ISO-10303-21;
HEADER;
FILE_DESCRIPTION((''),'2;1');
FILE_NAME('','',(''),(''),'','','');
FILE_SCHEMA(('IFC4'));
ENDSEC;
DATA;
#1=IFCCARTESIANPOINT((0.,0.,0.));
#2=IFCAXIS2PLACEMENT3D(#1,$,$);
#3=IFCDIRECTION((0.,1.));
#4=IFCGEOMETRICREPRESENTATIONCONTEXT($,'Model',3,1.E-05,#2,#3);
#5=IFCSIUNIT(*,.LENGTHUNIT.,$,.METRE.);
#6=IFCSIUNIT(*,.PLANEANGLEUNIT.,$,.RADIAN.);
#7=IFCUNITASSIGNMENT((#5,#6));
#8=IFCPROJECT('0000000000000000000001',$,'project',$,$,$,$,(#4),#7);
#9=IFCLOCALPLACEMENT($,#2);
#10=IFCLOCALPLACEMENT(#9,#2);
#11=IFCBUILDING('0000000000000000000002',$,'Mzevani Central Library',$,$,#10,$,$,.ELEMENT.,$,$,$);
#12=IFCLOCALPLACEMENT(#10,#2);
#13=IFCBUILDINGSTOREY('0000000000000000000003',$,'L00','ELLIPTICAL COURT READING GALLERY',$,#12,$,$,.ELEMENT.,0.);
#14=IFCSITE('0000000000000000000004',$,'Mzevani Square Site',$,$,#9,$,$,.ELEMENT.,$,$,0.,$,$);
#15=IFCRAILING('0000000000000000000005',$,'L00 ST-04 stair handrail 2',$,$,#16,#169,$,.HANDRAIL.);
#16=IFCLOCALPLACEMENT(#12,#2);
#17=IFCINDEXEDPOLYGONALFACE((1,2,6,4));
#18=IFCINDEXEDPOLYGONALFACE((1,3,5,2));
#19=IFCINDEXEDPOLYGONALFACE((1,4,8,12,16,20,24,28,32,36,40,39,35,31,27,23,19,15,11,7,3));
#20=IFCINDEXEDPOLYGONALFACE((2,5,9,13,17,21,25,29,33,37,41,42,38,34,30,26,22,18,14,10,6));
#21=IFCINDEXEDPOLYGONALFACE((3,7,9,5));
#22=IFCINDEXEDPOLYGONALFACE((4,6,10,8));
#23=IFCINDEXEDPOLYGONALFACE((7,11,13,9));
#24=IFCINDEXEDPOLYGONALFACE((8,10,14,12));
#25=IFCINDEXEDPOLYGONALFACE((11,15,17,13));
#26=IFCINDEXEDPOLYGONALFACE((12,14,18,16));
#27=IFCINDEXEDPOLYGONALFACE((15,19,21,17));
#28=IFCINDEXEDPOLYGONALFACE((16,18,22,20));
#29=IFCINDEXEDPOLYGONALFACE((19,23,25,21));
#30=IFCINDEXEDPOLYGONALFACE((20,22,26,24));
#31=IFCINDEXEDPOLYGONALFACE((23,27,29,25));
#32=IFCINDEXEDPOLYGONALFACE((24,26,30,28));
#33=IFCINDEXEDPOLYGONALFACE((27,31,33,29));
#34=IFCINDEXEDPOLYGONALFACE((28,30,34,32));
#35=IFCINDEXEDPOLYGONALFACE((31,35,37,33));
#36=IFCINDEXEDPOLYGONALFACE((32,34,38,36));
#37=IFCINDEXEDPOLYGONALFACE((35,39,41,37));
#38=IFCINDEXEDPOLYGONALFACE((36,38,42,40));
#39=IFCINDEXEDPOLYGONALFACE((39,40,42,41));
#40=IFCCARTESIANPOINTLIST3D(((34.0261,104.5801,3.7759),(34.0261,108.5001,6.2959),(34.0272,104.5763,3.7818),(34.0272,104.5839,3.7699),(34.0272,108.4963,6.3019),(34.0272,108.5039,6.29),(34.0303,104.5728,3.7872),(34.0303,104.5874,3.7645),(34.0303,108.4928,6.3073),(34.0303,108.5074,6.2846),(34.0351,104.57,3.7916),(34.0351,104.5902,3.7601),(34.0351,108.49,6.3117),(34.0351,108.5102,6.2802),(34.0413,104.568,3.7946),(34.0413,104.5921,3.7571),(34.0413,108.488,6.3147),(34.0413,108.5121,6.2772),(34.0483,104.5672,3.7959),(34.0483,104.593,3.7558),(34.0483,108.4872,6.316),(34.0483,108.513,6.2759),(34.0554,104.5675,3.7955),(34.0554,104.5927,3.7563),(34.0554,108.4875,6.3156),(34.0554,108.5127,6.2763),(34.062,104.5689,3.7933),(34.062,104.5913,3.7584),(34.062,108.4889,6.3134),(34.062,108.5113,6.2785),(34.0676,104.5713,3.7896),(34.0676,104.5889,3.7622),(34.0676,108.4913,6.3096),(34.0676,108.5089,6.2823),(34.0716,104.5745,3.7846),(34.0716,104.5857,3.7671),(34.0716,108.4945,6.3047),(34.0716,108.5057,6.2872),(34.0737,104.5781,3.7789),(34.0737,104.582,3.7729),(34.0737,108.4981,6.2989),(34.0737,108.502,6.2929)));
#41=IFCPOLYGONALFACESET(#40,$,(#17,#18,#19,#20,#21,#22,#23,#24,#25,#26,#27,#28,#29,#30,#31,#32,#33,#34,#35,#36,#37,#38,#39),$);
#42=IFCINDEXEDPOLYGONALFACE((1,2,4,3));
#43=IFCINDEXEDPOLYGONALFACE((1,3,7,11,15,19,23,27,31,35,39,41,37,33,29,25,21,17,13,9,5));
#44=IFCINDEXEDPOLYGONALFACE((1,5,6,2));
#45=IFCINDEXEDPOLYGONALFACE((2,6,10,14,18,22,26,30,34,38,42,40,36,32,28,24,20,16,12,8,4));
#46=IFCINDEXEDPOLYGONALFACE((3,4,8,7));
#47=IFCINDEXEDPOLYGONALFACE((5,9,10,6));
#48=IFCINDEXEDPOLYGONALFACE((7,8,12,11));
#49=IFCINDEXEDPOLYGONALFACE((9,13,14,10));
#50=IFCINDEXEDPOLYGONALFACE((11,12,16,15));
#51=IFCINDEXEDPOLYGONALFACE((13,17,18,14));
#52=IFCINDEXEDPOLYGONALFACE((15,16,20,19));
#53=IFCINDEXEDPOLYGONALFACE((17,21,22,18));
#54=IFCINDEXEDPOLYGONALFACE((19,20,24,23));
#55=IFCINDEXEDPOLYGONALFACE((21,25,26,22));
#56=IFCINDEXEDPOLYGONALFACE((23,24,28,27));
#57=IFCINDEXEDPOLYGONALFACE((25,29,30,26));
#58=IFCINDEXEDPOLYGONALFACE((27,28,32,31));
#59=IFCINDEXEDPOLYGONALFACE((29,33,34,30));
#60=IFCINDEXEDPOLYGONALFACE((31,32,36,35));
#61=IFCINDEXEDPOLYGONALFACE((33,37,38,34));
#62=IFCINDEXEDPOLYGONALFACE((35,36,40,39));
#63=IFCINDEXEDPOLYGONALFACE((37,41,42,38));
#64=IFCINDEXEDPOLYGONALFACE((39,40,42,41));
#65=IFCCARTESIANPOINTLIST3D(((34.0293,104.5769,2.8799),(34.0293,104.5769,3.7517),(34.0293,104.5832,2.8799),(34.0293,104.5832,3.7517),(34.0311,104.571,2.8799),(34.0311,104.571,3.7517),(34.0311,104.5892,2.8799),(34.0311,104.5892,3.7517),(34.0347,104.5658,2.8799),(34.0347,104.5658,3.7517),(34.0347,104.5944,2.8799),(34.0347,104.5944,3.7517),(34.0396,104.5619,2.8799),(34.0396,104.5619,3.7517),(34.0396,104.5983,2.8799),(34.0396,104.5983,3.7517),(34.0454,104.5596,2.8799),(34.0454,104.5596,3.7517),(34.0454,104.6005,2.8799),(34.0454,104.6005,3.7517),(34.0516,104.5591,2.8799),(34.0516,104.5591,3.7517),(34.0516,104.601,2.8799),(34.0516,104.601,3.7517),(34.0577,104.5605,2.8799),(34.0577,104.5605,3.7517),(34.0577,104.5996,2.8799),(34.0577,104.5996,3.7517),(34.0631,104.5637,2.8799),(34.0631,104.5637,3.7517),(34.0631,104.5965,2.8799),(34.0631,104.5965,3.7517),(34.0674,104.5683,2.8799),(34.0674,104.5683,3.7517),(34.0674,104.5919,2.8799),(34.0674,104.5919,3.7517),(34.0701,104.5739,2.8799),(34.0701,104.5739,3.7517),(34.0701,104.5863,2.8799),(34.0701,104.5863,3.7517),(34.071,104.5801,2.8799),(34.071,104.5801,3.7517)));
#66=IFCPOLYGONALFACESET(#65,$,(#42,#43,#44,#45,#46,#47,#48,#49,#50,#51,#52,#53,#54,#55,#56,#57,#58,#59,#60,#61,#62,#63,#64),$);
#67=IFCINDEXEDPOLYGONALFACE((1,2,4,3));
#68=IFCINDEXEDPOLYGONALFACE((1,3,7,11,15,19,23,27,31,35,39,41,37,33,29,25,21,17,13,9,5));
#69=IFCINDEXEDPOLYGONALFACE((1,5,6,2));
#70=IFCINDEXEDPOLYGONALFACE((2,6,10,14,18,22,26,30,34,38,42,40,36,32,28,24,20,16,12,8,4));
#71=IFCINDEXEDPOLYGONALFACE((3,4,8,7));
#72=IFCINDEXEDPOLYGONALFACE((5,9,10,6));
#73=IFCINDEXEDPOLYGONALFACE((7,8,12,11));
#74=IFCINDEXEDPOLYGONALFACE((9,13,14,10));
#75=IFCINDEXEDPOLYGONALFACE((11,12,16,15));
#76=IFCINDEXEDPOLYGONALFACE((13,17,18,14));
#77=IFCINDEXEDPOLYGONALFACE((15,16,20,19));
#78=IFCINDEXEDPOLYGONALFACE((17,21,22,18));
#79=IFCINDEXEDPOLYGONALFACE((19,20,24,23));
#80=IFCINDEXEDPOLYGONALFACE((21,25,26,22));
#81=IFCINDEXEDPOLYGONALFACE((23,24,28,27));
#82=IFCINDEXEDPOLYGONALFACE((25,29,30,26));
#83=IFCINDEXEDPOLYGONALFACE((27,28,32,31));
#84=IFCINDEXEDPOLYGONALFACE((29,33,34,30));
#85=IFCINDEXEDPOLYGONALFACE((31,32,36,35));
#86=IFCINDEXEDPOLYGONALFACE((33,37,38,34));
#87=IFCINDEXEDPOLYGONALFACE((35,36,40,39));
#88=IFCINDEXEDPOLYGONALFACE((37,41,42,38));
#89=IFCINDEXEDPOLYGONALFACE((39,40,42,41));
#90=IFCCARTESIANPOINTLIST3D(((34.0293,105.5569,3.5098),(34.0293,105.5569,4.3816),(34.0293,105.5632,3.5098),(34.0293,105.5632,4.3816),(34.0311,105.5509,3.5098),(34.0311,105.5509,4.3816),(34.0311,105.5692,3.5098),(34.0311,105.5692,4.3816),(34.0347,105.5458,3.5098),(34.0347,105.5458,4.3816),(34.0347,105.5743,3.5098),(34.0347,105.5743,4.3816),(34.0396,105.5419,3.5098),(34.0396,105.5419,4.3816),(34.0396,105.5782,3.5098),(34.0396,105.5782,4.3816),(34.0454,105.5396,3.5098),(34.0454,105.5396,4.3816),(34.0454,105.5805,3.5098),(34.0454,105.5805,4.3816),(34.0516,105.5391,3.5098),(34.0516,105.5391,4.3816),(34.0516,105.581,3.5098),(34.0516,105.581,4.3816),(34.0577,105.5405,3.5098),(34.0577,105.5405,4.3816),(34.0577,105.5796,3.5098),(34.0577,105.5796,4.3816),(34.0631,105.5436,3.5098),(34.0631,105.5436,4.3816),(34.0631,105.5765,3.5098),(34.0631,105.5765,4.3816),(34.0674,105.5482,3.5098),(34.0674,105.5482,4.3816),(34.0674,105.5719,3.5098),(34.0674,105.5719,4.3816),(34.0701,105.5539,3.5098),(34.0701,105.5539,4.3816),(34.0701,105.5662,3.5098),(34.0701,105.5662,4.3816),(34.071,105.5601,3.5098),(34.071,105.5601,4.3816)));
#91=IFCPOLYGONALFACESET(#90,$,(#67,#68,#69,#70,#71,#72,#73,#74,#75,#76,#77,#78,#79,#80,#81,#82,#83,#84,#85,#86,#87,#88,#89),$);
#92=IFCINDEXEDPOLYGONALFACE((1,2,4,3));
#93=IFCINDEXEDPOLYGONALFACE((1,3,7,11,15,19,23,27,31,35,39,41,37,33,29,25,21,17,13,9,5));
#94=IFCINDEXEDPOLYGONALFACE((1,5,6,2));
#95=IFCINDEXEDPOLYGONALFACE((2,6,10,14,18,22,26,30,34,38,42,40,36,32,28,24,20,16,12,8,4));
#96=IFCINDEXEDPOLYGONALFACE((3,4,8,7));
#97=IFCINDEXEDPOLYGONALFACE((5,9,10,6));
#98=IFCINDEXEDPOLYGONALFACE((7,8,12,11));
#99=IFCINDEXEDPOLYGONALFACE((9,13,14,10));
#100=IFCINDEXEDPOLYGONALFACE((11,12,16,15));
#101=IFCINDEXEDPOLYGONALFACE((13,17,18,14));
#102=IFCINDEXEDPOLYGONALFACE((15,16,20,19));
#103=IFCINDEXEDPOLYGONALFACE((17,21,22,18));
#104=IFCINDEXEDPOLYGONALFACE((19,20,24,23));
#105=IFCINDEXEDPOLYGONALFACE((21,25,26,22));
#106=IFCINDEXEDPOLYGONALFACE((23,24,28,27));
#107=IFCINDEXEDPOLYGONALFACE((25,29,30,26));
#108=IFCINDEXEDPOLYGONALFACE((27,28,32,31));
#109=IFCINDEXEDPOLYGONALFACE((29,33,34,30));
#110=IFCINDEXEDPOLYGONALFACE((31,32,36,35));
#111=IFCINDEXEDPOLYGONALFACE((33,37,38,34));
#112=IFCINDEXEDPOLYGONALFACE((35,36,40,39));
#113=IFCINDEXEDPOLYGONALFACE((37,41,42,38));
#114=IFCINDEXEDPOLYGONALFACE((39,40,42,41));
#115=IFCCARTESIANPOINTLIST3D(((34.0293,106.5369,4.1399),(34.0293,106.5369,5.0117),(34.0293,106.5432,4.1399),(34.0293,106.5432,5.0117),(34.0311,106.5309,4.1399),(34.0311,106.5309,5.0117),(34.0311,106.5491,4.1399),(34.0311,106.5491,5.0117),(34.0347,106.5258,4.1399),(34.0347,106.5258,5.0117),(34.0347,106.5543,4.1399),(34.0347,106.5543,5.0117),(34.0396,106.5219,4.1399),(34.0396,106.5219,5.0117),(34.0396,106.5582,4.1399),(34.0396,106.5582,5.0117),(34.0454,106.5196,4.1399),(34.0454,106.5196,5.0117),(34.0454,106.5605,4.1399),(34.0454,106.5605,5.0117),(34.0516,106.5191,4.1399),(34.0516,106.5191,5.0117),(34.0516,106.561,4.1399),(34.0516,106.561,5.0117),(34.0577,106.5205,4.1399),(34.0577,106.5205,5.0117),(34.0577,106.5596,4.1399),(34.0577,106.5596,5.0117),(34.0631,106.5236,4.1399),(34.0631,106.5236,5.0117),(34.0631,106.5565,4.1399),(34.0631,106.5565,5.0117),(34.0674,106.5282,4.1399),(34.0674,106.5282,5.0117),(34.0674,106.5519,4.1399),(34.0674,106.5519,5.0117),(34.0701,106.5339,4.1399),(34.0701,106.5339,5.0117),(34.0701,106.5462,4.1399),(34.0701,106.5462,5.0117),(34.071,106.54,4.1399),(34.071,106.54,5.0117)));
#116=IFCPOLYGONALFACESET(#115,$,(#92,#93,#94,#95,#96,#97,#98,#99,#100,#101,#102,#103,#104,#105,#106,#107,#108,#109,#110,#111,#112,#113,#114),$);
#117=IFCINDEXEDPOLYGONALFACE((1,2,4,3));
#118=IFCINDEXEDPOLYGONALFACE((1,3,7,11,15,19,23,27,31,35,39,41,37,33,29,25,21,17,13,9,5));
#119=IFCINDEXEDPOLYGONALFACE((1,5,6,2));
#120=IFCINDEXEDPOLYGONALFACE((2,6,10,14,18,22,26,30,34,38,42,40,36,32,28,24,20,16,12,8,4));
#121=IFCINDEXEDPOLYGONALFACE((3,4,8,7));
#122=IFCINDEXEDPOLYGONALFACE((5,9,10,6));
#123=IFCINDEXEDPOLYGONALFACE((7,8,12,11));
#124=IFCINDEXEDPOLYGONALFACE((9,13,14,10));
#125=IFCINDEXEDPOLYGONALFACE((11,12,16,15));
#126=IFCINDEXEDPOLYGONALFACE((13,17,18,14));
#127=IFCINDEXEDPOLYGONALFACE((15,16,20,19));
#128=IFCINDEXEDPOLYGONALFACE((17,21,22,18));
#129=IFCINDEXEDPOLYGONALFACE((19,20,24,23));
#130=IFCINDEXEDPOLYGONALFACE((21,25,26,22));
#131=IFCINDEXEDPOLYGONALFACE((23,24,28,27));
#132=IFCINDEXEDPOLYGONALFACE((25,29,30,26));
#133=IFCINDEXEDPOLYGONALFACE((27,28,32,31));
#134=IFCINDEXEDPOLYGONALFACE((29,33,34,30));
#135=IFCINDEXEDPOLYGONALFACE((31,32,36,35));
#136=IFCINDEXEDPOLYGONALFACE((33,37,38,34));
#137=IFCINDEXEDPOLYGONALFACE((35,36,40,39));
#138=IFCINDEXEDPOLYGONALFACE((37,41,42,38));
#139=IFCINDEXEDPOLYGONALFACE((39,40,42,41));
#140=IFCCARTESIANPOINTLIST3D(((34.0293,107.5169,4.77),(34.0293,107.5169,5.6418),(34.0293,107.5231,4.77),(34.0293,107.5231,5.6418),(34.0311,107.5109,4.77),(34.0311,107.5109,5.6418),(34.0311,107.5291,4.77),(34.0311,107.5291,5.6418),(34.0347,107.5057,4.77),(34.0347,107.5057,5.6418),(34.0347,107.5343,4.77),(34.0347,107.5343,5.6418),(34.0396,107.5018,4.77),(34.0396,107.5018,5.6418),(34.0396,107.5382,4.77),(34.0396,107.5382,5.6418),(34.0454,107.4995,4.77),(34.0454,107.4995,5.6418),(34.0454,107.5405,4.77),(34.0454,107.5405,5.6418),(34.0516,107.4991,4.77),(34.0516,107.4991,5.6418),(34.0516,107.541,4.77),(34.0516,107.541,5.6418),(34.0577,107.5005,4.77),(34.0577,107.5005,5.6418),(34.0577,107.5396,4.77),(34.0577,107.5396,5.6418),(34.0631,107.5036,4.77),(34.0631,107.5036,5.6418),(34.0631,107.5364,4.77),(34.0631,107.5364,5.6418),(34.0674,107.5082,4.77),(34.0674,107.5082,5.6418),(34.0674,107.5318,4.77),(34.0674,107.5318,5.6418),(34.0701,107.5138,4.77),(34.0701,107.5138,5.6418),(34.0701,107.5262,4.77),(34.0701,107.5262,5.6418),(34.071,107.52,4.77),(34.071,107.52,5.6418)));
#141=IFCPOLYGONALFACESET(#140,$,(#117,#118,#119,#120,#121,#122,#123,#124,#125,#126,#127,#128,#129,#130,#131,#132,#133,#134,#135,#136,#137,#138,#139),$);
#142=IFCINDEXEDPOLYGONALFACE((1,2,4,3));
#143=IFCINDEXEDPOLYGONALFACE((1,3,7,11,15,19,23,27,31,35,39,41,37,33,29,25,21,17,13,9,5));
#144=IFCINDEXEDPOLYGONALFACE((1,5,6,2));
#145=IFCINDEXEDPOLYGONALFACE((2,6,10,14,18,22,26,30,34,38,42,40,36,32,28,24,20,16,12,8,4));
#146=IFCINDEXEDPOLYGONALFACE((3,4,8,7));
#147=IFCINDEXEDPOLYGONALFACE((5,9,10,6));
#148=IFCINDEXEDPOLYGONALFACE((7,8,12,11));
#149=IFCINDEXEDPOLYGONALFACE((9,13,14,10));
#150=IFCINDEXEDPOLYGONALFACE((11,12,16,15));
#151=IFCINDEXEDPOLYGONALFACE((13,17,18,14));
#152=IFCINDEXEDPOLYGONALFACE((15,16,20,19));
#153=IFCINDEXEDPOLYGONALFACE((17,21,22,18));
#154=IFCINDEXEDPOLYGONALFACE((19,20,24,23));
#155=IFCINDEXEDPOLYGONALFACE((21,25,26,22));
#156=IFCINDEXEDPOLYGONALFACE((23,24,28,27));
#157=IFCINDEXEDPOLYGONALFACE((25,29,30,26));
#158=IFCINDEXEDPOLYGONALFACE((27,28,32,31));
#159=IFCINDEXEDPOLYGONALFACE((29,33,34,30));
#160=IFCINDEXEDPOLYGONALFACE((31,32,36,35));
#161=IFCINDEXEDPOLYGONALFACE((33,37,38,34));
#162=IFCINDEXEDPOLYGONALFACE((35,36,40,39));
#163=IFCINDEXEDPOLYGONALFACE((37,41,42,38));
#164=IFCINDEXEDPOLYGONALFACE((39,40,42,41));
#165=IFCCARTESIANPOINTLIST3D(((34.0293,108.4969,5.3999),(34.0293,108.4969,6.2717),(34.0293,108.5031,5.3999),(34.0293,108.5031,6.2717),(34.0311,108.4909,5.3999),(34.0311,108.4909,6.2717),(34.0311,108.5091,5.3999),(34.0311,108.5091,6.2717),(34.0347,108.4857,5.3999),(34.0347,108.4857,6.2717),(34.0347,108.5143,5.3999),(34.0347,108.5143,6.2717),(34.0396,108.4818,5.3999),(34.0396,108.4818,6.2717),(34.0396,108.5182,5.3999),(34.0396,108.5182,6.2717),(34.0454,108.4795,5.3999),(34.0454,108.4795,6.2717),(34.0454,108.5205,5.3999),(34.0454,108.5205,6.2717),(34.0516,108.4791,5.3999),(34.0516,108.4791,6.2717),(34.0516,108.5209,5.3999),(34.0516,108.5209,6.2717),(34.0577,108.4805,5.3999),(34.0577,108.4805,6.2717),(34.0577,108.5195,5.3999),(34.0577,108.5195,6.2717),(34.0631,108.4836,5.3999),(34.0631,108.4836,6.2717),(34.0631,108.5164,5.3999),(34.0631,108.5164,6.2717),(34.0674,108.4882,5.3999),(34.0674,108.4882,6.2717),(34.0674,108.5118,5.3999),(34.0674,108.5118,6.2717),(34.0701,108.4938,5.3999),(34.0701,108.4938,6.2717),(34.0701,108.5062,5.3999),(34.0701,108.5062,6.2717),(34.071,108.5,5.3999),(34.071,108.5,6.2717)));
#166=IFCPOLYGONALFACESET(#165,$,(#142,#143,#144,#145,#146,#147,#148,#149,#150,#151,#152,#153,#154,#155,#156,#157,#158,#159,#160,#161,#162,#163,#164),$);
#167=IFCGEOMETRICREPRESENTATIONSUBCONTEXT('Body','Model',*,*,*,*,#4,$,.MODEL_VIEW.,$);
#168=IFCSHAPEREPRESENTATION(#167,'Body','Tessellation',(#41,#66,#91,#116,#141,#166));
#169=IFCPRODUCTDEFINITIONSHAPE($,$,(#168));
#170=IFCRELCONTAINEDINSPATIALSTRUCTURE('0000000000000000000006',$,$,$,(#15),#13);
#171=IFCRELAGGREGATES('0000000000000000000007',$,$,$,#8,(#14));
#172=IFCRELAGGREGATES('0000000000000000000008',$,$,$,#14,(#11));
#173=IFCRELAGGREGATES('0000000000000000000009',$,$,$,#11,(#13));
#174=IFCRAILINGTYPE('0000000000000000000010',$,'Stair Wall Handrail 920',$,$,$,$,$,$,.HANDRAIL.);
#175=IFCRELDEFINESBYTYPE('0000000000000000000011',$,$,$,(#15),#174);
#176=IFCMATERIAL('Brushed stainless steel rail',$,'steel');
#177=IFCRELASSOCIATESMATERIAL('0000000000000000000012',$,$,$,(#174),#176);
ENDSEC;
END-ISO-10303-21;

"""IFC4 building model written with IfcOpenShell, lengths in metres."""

from ifc_helpers import new_model, si_unit, direction, frame, origin, origin_2d, place, context, subcontext, project, spatial, circle, extrude, material, type_object, element, save


model = new_model("IFC4")

# Units and contexts
model_context = context("Model", 3, precision=1e-05, world=origin(), true_north=direction((0.0, 1.0)))
body_context = subcontext(model_context, "Body", "Model", "MODEL_VIEW")
ifc_project = project(units=[si_unit("LENGTHUNIT", "METRE"), si_unit("PLANEANGLEUNIT", "RADIAN")], contexts=[model_context])

# Site, building, storey
site_placement = place(None, origin())
site = spatial("IfcSite", under=ifc_project, at=site_placement, Name="Mzevani Square Site", CompositionType="ELEMENT", RefElevation=0.0)
building_placement = place(site_placement, origin())
building = spatial("IfcBuilding", under=site, at=building_placement, Name="Mzevani Central Library", CompositionType="ELEMENT")
storey_placement = place(building_placement, origin())
storey = spatial("IfcBuildingStorey", under=building, at=storey_placement, Name="L00", Description="ELLIPTICAL COURT READING GALLERY", CompositionType="ELEMENT", Elevation=0.0)

# Railing
ifc_material_1 = material(Name="Brushed stainless steel rail", Category="steel")
railing_type_1 = type_object("IfcRailingType", Name="Stair Wall Handrail 920", PredefinedType="HANDRAIL", material=ifc_material_1)
railing_1_placement = place(storey_placement, frame((34.05, 104.5801, 2.8799)))
element("IfcRailing", 1, at=railing_1_placement, inside=storey, type_object=railing_type_1, Name="L00 ST-04 stair handrail 2", PredefinedType="HANDRAIL", context=body_context, shape_type="SweptSolid", body=[
    extrude(circle(Radius=0.0239, at=origin_2d()), frame((0.0, 0.0, 0.896), z_axis=(0.0, 0.841172, 0.540768), x_axis=(-1.0, 0.0, 0.0)), (0.0, 0.0, 1.0), 4.6602),
    extrude(circle(Radius=0.021, at=origin_2d()), origin(), (0.0, 0.0, 1.0), 0.8718),
    extrude(circle(Radius=0.021, at=origin_2d()), frame((0.0, 0.98, 0.6299)), (0.0, 0.0, 1.0), 0.8718),
    extrude(circle(Radius=0.021, at=origin_2d()), frame((0.0, 1.96, 1.26)), (0.0, 0.0, 1.0), 0.8718),
    extrude(circle(Radius=0.021, at=origin_2d()), frame((0.0, 2.9399, 1.8901)), (0.0, 0.0, 1.0), 0.8718),
    extrude(circle(Radius=0.021, at=origin_2d()), frame((0.0, 3.9199, 2.52)), (0.0, 0.0, 1.0), 0.8718),
])

save(model, "model.ifc")
